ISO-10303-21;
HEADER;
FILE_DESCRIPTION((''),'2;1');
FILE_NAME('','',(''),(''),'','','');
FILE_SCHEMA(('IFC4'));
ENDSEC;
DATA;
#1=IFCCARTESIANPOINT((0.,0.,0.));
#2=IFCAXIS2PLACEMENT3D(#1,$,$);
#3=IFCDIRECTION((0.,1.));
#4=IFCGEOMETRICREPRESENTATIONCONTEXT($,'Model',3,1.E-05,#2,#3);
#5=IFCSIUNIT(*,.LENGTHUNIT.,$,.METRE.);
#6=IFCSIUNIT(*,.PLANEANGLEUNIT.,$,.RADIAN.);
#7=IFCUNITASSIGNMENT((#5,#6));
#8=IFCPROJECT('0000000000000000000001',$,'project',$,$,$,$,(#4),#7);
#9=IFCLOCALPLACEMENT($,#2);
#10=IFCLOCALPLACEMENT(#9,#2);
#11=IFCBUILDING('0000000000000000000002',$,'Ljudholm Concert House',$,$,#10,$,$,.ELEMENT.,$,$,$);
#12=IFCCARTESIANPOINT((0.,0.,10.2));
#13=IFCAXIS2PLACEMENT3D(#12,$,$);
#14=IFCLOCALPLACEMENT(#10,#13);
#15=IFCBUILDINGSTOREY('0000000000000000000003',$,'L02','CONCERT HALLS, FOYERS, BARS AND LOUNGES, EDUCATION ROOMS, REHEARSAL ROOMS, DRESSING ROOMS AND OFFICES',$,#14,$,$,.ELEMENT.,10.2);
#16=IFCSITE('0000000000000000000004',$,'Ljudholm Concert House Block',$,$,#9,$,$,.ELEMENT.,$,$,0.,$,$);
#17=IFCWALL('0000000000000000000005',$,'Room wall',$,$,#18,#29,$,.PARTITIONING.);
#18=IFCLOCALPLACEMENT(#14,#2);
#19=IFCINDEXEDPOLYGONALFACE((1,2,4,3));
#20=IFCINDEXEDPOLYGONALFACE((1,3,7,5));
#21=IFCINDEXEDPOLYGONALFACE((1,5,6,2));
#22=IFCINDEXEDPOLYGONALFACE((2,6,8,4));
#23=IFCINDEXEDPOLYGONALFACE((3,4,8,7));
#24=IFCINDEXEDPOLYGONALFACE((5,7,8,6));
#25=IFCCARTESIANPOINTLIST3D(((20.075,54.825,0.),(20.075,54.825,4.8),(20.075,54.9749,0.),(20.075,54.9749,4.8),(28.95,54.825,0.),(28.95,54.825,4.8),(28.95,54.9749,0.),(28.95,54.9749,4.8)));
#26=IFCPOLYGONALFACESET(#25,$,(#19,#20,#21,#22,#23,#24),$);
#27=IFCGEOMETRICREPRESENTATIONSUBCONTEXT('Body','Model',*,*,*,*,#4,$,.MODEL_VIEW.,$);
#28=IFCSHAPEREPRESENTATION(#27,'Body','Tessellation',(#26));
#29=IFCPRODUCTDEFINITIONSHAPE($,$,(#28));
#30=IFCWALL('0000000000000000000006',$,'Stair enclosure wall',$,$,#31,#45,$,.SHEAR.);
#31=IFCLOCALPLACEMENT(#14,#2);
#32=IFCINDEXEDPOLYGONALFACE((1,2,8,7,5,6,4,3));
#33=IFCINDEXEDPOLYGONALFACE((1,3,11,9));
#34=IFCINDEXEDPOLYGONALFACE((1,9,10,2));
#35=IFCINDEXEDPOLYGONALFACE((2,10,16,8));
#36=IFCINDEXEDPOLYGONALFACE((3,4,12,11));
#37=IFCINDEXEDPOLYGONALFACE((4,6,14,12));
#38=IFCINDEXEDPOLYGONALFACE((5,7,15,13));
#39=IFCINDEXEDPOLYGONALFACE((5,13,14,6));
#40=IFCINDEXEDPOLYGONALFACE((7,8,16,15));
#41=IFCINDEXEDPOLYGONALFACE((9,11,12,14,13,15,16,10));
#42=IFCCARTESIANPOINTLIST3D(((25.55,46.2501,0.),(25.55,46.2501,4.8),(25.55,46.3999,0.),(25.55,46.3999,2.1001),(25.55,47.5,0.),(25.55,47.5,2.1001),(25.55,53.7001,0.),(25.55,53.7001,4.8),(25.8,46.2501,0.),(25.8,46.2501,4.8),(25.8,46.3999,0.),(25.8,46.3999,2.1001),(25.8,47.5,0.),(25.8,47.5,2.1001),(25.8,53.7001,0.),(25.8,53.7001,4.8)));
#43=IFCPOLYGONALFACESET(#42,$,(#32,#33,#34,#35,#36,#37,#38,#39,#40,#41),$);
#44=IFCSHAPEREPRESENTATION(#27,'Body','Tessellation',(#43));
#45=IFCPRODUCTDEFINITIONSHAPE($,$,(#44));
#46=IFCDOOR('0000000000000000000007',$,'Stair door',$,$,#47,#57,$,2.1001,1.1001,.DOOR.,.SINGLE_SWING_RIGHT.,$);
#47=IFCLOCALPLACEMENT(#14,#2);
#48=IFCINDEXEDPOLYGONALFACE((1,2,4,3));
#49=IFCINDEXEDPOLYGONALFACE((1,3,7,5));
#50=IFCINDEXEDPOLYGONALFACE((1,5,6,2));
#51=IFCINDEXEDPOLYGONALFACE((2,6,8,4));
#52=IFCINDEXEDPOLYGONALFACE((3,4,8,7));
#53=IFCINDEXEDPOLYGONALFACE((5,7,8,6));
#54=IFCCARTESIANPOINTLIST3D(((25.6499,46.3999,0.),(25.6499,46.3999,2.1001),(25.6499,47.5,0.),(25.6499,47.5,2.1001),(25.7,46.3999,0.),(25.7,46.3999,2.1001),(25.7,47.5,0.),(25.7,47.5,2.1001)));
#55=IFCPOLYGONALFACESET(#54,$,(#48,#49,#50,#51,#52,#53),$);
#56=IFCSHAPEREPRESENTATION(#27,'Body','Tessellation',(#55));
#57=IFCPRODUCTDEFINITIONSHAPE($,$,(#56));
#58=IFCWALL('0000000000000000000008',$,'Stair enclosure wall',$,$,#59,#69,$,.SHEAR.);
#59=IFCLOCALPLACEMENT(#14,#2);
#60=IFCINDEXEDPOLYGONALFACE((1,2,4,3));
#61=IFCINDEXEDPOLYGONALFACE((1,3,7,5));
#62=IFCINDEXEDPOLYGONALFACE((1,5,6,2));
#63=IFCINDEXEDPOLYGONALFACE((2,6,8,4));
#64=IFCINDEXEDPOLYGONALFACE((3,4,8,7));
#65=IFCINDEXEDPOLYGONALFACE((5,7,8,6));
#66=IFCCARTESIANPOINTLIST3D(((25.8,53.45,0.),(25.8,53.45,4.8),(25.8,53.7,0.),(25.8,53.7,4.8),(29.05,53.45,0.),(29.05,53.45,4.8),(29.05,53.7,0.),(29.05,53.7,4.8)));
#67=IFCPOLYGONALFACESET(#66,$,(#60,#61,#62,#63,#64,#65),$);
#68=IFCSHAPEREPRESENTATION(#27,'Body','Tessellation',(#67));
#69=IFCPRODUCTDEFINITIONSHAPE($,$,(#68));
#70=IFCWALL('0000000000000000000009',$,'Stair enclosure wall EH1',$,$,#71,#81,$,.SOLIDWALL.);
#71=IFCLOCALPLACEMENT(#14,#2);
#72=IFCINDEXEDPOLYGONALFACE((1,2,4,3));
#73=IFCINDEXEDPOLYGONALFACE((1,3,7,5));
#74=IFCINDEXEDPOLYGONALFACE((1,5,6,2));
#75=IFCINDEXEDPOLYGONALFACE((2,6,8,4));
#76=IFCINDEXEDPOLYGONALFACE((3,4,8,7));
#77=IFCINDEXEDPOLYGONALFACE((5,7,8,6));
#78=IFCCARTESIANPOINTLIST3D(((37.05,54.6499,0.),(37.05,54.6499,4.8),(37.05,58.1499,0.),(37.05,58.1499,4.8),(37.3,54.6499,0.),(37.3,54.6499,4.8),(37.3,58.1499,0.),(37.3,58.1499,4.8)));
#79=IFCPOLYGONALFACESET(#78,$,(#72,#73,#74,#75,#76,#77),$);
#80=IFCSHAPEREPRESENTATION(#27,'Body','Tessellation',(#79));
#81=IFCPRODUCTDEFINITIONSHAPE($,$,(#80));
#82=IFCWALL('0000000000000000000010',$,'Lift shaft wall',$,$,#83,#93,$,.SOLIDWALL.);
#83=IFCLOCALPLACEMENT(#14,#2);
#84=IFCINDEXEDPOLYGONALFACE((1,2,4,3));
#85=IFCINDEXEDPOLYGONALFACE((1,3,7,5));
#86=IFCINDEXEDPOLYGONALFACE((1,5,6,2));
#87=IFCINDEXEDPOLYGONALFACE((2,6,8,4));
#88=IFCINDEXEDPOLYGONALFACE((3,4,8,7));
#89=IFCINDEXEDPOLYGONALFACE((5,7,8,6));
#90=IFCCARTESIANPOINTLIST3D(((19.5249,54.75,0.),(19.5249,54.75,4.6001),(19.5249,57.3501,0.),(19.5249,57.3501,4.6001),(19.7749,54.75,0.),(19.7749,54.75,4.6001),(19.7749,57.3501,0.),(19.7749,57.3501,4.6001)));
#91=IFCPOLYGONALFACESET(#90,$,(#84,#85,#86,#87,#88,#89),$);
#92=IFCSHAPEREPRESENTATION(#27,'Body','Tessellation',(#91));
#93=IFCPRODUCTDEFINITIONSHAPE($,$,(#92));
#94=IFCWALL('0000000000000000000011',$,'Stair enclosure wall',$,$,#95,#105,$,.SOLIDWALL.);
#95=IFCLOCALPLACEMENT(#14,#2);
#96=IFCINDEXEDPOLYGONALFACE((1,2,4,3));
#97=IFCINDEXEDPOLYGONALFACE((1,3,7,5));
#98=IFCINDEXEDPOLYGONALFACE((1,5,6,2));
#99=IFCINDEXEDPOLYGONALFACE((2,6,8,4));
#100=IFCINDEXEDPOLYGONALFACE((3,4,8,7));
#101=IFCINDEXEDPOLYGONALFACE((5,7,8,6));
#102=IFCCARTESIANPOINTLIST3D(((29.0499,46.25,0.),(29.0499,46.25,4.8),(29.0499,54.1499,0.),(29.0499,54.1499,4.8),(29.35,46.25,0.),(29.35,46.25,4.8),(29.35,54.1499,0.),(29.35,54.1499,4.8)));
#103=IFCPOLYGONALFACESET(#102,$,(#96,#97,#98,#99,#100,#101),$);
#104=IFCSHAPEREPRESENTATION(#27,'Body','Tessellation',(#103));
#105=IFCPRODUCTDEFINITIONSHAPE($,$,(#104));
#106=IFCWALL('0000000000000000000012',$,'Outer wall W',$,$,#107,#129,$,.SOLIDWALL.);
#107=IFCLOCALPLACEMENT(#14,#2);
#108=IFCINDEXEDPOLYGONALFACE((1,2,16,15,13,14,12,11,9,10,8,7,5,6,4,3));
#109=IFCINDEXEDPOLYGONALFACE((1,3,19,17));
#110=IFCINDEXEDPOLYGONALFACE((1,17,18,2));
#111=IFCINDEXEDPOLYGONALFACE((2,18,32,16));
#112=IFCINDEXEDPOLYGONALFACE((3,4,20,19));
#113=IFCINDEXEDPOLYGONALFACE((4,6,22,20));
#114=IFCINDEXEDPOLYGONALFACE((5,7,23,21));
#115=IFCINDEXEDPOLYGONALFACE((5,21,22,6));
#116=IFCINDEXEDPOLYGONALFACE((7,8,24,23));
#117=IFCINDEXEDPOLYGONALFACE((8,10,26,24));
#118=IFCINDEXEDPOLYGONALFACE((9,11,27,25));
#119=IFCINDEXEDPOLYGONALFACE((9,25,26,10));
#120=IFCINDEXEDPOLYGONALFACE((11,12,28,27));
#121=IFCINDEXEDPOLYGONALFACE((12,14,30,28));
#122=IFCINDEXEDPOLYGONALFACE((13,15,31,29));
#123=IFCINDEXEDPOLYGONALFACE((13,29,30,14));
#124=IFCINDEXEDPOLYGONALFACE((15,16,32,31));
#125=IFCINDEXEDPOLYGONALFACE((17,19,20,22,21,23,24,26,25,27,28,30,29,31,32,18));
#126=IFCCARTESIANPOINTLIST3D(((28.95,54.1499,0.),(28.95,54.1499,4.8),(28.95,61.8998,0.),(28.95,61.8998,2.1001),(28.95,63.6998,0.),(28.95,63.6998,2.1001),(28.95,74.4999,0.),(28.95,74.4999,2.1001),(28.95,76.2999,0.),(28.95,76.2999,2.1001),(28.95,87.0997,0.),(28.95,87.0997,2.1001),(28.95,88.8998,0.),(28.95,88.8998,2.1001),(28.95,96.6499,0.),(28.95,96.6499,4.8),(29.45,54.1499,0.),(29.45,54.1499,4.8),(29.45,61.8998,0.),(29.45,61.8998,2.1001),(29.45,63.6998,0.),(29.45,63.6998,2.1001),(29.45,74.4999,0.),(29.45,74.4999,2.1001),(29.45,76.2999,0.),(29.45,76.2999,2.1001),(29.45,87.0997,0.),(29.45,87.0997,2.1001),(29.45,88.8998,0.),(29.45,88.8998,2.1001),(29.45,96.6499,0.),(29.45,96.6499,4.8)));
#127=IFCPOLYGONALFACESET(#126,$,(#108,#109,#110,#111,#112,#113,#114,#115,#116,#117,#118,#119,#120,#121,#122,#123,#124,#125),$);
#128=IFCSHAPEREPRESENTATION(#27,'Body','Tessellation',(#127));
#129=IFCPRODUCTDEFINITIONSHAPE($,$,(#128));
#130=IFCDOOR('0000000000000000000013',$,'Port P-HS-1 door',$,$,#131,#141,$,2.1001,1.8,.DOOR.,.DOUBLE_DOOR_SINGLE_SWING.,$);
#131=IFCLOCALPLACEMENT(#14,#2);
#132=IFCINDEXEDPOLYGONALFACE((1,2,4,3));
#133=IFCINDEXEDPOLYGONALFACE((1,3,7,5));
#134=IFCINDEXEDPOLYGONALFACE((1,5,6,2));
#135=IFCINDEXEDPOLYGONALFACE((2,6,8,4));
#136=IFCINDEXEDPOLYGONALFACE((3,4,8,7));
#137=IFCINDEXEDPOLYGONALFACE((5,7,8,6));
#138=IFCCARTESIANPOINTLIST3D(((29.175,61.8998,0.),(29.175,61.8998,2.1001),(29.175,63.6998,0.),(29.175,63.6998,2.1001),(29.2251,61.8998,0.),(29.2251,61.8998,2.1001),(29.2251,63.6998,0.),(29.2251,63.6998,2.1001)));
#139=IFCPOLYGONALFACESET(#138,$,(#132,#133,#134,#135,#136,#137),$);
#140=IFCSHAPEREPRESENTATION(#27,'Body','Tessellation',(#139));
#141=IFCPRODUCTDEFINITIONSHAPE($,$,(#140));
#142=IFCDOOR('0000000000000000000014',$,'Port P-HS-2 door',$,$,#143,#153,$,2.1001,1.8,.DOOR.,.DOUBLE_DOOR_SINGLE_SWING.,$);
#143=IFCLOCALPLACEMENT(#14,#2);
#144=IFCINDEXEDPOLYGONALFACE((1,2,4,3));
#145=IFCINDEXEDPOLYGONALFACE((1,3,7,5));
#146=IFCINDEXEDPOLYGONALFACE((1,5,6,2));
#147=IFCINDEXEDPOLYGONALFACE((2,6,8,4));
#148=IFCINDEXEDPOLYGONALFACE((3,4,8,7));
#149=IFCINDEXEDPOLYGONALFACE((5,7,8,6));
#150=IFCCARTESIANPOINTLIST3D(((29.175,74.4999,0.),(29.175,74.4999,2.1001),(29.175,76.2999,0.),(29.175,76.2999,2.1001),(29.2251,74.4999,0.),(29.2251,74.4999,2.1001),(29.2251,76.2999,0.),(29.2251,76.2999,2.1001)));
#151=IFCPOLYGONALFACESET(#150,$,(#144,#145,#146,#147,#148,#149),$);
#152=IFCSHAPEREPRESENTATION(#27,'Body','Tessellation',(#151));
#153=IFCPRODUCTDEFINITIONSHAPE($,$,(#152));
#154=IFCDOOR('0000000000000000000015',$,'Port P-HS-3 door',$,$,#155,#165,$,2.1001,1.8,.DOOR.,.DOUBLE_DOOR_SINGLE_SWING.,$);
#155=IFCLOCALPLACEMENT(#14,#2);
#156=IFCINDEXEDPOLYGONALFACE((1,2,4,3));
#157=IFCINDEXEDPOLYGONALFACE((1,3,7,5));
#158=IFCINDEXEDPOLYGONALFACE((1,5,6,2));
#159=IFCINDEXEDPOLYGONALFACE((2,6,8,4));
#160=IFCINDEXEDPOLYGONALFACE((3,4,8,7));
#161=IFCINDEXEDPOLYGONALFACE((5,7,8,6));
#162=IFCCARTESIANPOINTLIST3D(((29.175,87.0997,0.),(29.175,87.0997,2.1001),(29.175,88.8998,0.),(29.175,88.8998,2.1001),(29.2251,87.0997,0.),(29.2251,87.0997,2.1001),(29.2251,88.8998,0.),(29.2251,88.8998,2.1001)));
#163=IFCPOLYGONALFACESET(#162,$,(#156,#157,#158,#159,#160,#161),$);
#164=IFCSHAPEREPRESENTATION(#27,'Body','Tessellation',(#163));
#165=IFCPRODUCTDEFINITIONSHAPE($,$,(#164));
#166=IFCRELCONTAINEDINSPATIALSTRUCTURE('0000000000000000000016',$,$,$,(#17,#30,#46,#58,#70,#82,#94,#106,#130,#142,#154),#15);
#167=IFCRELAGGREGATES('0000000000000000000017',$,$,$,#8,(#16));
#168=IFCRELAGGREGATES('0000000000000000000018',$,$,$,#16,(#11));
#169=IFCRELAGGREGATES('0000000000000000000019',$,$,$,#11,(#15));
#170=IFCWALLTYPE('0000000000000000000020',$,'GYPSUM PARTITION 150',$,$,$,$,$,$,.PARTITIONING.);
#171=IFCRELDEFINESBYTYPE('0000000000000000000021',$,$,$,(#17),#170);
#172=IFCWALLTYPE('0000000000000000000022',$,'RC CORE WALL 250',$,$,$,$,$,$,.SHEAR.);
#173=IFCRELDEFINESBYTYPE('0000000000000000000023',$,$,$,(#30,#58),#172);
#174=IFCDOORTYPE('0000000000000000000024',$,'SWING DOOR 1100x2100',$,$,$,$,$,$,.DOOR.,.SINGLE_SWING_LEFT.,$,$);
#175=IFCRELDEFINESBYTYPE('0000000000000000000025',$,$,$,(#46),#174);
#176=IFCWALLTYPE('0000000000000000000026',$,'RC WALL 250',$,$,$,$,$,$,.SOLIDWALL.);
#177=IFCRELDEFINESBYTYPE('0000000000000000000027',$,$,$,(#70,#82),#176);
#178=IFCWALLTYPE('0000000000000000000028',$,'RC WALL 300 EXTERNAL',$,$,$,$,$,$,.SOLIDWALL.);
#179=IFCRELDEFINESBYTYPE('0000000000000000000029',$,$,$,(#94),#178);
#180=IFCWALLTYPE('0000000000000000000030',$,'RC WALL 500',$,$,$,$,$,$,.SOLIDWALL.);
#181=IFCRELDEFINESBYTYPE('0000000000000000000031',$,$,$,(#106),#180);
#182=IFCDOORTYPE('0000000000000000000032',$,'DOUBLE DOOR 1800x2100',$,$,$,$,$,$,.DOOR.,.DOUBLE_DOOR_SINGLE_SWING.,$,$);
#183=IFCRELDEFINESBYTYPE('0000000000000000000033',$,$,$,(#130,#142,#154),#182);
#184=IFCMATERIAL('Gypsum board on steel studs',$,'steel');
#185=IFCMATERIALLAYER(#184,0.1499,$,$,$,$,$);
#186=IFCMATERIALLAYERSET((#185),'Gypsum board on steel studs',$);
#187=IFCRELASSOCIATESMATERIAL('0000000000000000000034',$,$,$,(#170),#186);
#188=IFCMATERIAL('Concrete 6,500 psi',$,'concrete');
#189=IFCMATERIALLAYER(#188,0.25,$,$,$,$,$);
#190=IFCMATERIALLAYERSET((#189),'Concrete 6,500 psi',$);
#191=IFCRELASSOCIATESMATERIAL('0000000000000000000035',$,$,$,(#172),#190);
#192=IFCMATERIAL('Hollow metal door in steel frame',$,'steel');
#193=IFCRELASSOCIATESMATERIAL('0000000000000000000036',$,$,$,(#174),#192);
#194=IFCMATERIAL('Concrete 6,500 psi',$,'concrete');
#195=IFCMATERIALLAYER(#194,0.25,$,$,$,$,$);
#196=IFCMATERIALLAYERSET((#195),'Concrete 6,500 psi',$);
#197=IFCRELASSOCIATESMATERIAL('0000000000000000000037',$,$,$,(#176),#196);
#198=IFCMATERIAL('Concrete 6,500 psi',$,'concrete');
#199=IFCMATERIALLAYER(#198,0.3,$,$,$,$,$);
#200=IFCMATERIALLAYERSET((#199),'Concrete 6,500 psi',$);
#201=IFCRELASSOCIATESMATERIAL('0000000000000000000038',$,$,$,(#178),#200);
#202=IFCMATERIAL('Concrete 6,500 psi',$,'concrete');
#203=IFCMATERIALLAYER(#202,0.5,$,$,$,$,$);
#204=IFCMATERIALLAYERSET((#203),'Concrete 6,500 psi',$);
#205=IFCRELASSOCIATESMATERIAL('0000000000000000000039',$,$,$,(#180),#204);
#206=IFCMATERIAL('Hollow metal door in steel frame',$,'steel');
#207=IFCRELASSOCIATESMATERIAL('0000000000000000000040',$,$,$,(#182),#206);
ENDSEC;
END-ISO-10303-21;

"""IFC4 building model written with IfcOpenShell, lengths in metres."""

from ifc_helpers import new_model, si_unit, direction, frame, frame_2d, origin, place, context, subcontext, project, spatial, rectangle, extrude, material, layer, layer_set, type_object, element, fill, save


model = new_model("IFC4")

# Units and contexts
model_context = context("Model", 3, precision=1e-05, world=origin(), true_north=direction((0.0, 1.0)))
body_context = subcontext(model_context, "Body", "Model", "MODEL_VIEW")
ifc_project = project(units=[si_unit("LENGTHUNIT", "METRE"), si_unit("PLANEANGLEUNIT", "RADIAN")], contexts=[model_context])

# Site, building, storey
site_placement = place(None, origin())
site = spatial("IfcSite", under=ifc_project, at=site_placement, Name="Ljudholm Concert House Block", CompositionType="ELEMENT", RefElevation=0.0)
building_placement = place(site_placement, origin())
building = spatial("IfcBuilding", under=site, at=building_placement, Name="Ljudholm Concert House", CompositionType="ELEMENT")
storey_placement = place(building_placement, frame((0.0, 0.0, 10.2)))
storey = spatial("IfcBuildingStorey", under=building, at=storey_placement, Name="L02", Description="CONCERT HALLS, FOYERS, BARS AND LOUNGES, EDUCATION ROOMS, REHEARSAL ROOMS, DRESSING ROOMS AND OFFICES", CompositionType="ELEMENT", Elevation=10.2)

# Wall
ifc_material_1 = material(Name="Gypsum board on steel studs", Category="steel")
ifc_layer_1 = layer(ifc_material_1, 0.1499)
ifc_layer_set_1 = layer_set([ifc_layer_1], Name="Gypsum board on steel studs")
wall_type_1 = type_object("IfcWallType", Name="GYPSUM PARTITION 150", PredefinedType="PARTITIONING", material=ifc_layer_set_1)
wall_1_placement = place(storey_placement, frame((20.075, 54.8999, 0.0), z_axis=(0.0, 0.0, 1.0), x_axis=(1.0, 0.0, 0.0)))
element("IfcWall", 1, at=wall_1_placement, inside=storey, type_object=wall_type_1, Name="Room wall", PredefinedType="PARTITIONING", context=body_context, shape_type="SweptSolid", body=[
    extrude(rectangle(XDim=8.875, YDim=0.1499, at=frame_2d((4.4375, 0.0))), origin(), (0.0, 0.0, 1.0), 4.8),
])

# Wall, opening, door
ifc_material_2 = material(Name="Concrete 6,500 psi", Category="concrete")
ifc_layer_2 = layer(ifc_material_2, 0.25)
ifc_layer_set_2 = layer_set([ifc_layer_2], Name="Concrete 6,500 psi")
wall_type_2 = type_object("IfcWallType", Name="RC CORE WALL 250", PredefinedType="SHEAR", material=ifc_layer_set_2)
wall_2_placement = place(storey_placement, frame((25.675, 46.25, 0.0), z_axis=(0.0, 0.0, 1.0), x_axis=(0.0, 1.0, 0.0)))
wall_2 = element("IfcWall", 2, at=wall_2_placement, inside=storey, type_object=wall_type_2, Name="Stair enclosure wall", PredefinedType="SHEAR", context=body_context, shape_type="SweptSolid", body=[
    extrude(rectangle(XDim=7.45, YDim=0.25, at=frame_2d((3.7251, 0.0))), origin(), (0.0, 0.0, 1.0), 4.8),
])
opening_1_placement = place(wall_2_placement, frame((0.1499, 0.0, 0.0)))
opening_1 = element("IfcOpeningElement", 3, at=opening_1_placement, cuts=wall_2, PredefinedType="OPENING", context=body_context, shape_type="SweptSolid", body=[
    extrude(rectangle(XDim=1.1001, YDim=2.1001, at=frame_2d((0.55, 1.05))), frame((0.0, 0.135, 0.0), z_axis=(0.0, -1.0, 0.0), x_axis=(1.0, 0.0, 0.0)), (0.0, 0.0, 1.0), 0.27),
])
ifc_material_3 = material(Name="Hollow metal door in steel frame", Category="steel")
door_type_1 = type_object("IfcDoorType", Name="SWING DOOR 1100x2100", OperationType="SINGLE_SWING_LEFT", PredefinedType="DOOR", material=ifc_material_3)
door_1_placement = place(opening_1_placement, frame((1.1001, 0.0, 0.0), z_axis=(0.0, 0.0, 1.0), x_axis=(-1.0, 0.0, 0.0)))
door_1 = element("IfcDoor", 4, at=door_1_placement, inside=storey, type_object=door_type_1, Name="Stair door", OperationType="SINGLE_SWING_RIGHT", OverallHeight=2.1001, OverallWidth=1.1001, PredefinedType="DOOR", context=body_context, shape_type="SweptSolid", body=[
    extrude(rectangle(XDim=1.1001, YDim=2.1001, at=frame_2d((0.55, 1.05))), frame((0.0, 0.0249, 0.0), z_axis=(0.0, -1.0, 0.0), x_axis=(1.0, 0.0, 0.0)), (0.0, 0.0, 1.0), 0.05),
])
fill(opening_1, door_1)

# Walls
wall_3_placement = place(storey_placement, frame((25.8, 53.575, 0.0), z_axis=(0.0, 0.0, 1.0), x_axis=(1.0, 0.0, 0.0)))
element("IfcWall", 5, at=wall_3_placement, inside=storey, type_object=wall_type_2, Name="Stair enclosure wall", PredefinedType="SHEAR", context=body_context, shape_type="SweptSolid", body=[
    extrude(rectangle(XDim=3.25, YDim=0.25, at=frame_2d((1.625, 0.0))), origin(), (0.0, 0.0, 1.0), 4.8),
])
ifc_material_4 = material(Name="Concrete 6,500 psi", Category="concrete")
ifc_layer_3 = layer(ifc_material_4, 0.25)
ifc_layer_set_3 = layer_set([ifc_layer_3], Name="Concrete 6,500 psi")
wall_type_3 = type_object("IfcWallType", Name="RC WALL 250", PredefinedType="SOLIDWALL", material=ifc_layer_set_3)
wall_4_placement = place(storey_placement, frame((37.175, 54.6499, 0.0), z_axis=(0.0, 0.0, 1.0), x_axis=(0.0, 1.0, 0.0)))
element("IfcWall", 6, at=wall_4_placement, inside=storey, type_object=wall_type_3, Name="Stair enclosure wall EH1", PredefinedType="SOLIDWALL", context=body_context, shape_type="SweptSolid", body=[
    extrude(rectangle(XDim=3.5, YDim=0.25, at=frame_2d((1.75, 0.0))), origin(), (0.0, 0.0, 1.0), 4.8),
])
wall_5_placement = place(storey_placement, frame((19.6499, 54.75, 0.0), z_axis=(0.0, 0.0, 1.0), x_axis=(0.0, 1.0, 0.0)))
element("IfcWall", 7, at=wall_5_placement, inside=storey, type_object=wall_type_3, Name="Lift shaft wall", PredefinedType="SOLIDWALL", context=body_context, shape_type="SweptSolid", body=[
    extrude(rectangle(XDim=2.6001, YDim=0.25, at=frame_2d((1.3, 0.0))), origin(), (0.0, 0.0, 1.0), 4.6001),
])
ifc_material_5 = material(Name="Concrete 6,500 psi", Category="concrete")
ifc_layer_4 = layer(ifc_material_5, 0.3)
ifc_layer_set_4 = layer_set([ifc_layer_4], Name="Concrete 6,500 psi")
wall_type_4 = type_object("IfcWallType", Name="RC WALL 300 EXTERNAL", PredefinedType="SOLIDWALL", material=ifc_layer_set_4)
wall_6_placement = place(storey_placement, frame((29.2, 46.25, 0.0), z_axis=(0.0, 0.0, 1.0), x_axis=(0.0, 1.0, 0.0)))
element("IfcWall", 8, at=wall_6_placement, inside=storey, type_object=wall_type_4, Name="Stair enclosure wall", PredefinedType="SOLIDWALL", context=body_context, shape_type="SweptSolid", body=[
    extrude(rectangle(XDim=7.8999, YDim=0.3, at=frame_2d((3.95, 0.0))), origin(), (0.0, 0.0, 1.0), 4.8),
])

# Wall, openings, doors
ifc_material_6 = material(Name="Concrete 6,500 psi", Category="concrete")
ifc_layer_5 = layer(ifc_material_6, 0.5)
ifc_layer_set_5 = layer_set([ifc_layer_5], Name="Concrete 6,500 psi")
wall_type_5 = type_object("IfcWallType", Name="RC WALL 500", PredefinedType="SOLIDWALL", material=ifc_layer_set_5)
wall_7_placement = place(storey_placement, frame((29.2, 54.1499, 0.0), z_axis=(0.0, 0.0, 1.0), x_axis=(0.0, 1.0, 0.0)))
wall_7 = element("IfcWall", 9, at=wall_7_placement, inside=storey, type_object=wall_type_5, Name="Outer wall W", PredefinedType="SOLIDWALL", context=body_context, shape_type="SweptSolid", body=[
    extrude(rectangle(XDim=42.5, YDim=0.5, at=frame_2d((21.25, 0.0))), origin(), (0.0, 0.0, 1.0), 4.8),
])
opening_2_placement = place(wall_7_placement, frame((7.75, 0.0, 0.0)))
opening_2 = element("IfcOpeningElement", 10, at=opening_2_placement, cuts=wall_7, PredefinedType="OPENING", context=body_context, shape_type="SweptSolid", body=[
    extrude(rectangle(XDim=1.8, YDim=2.1001, at=frame_2d((0.8999, 1.05))), frame((0.0, 0.26, 0.0), z_axis=(0.0, -1.0, 0.0), x_axis=(1.0, 0.0, 0.0)), (0.0, 0.0, 1.0), 0.52),
])
opening_3_placement = place(wall_7_placement, frame((20.3501, 0.0, 0.0)))
opening_3 = element("IfcOpeningElement", 11, at=opening_3_placement, cuts=wall_7, PredefinedType="OPENING", context=body_context, shape_type="SweptSolid", body=[
    extrude(rectangle(XDim=1.8, YDim=2.1001, at=frame_2d((0.8999, 1.05))), frame((0.0, 0.26, 0.0), z_axis=(0.0, -1.0, 0.0), x_axis=(1.0, 0.0, 0.0)), (0.0, 0.0, 1.0), 0.52),
])
opening_4_placement = place(wall_7_placement, frame((32.95, 0.0, 0.0)))
opening_4 = element("IfcOpeningElement", 12, at=opening_4_placement, cuts=wall_7, PredefinedType="OPENING", context=body_context, shape_type="SweptSolid", body=[
    extrude(rectangle(XDim=1.8, YDim=2.1001, at=frame_2d((0.8999, 1.05))), frame((0.0, 0.26, 0.0), z_axis=(0.0, -1.0, 0.0), x_axis=(1.0, 0.0, 0.0)), (0.0, 0.0, 1.0), 0.52),
])
ifc_material_7 = material(Name="Hollow metal door in steel frame", Category="steel")
door_type_2 = type_object("IfcDoorType", Name="DOUBLE DOOR 1800x2100", OperationType="DOUBLE_DOOR_SINGLE_SWING", PredefinedType="DOOR", material=ifc_material_7)
door_2_placement = place(opening_2_placement, origin())
door_2 = element("IfcDoor", 13, at=door_2_placement, inside=storey, type_object=door_type_2, Name="Port P-HS-1 door", OperationType="DOUBLE_DOOR_SINGLE_SWING", OverallHeight=2.1001, OverallWidth=1.8, PredefinedType="DOOR", context=body_context, shape_type="SweptSolid", body=[
    extrude(rectangle(XDim=1.8, YDim=2.1001, at=frame_2d((0.8999, 1.05))), frame((0.0, 0.0249, 0.0), z_axis=(0.0, -1.0, 0.0), x_axis=(1.0, 0.0, 0.0)), (0.0, 0.0, 1.0), 0.05),
])
fill(opening_2, door_2)
door_3_placement = place(opening_3_placement, origin())
door_3 = element("IfcDoor", 14, at=door_3_placement, inside=storey, type_object=door_type_2, Name="Port P-HS-2 door", OperationType="DOUBLE_DOOR_SINGLE_SWING", OverallHeight=2.1001, OverallWidth=1.8, PredefinedType="DOOR", context=body_context, shape_type="SweptSolid", body=[
    extrude(rectangle(XDim=1.8, YDim=2.1001, at=frame_2d((0.8999, 1.05))), frame((0.0, 0.0249, 0.0), z_axis=(0.0, -1.0, 0.0), x_axis=(1.0, 0.0, 0.0)), (0.0, 0.0, 1.0), 0.05),
])
fill(opening_3, door_3)
door_4_placement = place(opening_4_placement, origin())
door_4 = element("IfcDoor", 15, at=door_4_placement, inside=storey, type_object=door_type_2, Name="Port P-HS-3 door", OperationType="DOUBLE_DOOR_SINGLE_SWING", OverallHeight=2.1001, OverallWidth=1.8, PredefinedType="DOOR", context=body_context, shape_type="SweptSolid", body=[
    extrude(rectangle(XDim=1.8, YDim=2.1001, at=frame_2d((0.8999, 1.05))), frame((0.0, 0.0249, 0.0), z_axis=(0.0, -1.0, 0.0), x_axis=(1.0, 0.0, 0.0)), (0.0, 0.0, 1.0), 0.05),
])
fill(opening_4, door_4)

save(model, "model.ifc")
